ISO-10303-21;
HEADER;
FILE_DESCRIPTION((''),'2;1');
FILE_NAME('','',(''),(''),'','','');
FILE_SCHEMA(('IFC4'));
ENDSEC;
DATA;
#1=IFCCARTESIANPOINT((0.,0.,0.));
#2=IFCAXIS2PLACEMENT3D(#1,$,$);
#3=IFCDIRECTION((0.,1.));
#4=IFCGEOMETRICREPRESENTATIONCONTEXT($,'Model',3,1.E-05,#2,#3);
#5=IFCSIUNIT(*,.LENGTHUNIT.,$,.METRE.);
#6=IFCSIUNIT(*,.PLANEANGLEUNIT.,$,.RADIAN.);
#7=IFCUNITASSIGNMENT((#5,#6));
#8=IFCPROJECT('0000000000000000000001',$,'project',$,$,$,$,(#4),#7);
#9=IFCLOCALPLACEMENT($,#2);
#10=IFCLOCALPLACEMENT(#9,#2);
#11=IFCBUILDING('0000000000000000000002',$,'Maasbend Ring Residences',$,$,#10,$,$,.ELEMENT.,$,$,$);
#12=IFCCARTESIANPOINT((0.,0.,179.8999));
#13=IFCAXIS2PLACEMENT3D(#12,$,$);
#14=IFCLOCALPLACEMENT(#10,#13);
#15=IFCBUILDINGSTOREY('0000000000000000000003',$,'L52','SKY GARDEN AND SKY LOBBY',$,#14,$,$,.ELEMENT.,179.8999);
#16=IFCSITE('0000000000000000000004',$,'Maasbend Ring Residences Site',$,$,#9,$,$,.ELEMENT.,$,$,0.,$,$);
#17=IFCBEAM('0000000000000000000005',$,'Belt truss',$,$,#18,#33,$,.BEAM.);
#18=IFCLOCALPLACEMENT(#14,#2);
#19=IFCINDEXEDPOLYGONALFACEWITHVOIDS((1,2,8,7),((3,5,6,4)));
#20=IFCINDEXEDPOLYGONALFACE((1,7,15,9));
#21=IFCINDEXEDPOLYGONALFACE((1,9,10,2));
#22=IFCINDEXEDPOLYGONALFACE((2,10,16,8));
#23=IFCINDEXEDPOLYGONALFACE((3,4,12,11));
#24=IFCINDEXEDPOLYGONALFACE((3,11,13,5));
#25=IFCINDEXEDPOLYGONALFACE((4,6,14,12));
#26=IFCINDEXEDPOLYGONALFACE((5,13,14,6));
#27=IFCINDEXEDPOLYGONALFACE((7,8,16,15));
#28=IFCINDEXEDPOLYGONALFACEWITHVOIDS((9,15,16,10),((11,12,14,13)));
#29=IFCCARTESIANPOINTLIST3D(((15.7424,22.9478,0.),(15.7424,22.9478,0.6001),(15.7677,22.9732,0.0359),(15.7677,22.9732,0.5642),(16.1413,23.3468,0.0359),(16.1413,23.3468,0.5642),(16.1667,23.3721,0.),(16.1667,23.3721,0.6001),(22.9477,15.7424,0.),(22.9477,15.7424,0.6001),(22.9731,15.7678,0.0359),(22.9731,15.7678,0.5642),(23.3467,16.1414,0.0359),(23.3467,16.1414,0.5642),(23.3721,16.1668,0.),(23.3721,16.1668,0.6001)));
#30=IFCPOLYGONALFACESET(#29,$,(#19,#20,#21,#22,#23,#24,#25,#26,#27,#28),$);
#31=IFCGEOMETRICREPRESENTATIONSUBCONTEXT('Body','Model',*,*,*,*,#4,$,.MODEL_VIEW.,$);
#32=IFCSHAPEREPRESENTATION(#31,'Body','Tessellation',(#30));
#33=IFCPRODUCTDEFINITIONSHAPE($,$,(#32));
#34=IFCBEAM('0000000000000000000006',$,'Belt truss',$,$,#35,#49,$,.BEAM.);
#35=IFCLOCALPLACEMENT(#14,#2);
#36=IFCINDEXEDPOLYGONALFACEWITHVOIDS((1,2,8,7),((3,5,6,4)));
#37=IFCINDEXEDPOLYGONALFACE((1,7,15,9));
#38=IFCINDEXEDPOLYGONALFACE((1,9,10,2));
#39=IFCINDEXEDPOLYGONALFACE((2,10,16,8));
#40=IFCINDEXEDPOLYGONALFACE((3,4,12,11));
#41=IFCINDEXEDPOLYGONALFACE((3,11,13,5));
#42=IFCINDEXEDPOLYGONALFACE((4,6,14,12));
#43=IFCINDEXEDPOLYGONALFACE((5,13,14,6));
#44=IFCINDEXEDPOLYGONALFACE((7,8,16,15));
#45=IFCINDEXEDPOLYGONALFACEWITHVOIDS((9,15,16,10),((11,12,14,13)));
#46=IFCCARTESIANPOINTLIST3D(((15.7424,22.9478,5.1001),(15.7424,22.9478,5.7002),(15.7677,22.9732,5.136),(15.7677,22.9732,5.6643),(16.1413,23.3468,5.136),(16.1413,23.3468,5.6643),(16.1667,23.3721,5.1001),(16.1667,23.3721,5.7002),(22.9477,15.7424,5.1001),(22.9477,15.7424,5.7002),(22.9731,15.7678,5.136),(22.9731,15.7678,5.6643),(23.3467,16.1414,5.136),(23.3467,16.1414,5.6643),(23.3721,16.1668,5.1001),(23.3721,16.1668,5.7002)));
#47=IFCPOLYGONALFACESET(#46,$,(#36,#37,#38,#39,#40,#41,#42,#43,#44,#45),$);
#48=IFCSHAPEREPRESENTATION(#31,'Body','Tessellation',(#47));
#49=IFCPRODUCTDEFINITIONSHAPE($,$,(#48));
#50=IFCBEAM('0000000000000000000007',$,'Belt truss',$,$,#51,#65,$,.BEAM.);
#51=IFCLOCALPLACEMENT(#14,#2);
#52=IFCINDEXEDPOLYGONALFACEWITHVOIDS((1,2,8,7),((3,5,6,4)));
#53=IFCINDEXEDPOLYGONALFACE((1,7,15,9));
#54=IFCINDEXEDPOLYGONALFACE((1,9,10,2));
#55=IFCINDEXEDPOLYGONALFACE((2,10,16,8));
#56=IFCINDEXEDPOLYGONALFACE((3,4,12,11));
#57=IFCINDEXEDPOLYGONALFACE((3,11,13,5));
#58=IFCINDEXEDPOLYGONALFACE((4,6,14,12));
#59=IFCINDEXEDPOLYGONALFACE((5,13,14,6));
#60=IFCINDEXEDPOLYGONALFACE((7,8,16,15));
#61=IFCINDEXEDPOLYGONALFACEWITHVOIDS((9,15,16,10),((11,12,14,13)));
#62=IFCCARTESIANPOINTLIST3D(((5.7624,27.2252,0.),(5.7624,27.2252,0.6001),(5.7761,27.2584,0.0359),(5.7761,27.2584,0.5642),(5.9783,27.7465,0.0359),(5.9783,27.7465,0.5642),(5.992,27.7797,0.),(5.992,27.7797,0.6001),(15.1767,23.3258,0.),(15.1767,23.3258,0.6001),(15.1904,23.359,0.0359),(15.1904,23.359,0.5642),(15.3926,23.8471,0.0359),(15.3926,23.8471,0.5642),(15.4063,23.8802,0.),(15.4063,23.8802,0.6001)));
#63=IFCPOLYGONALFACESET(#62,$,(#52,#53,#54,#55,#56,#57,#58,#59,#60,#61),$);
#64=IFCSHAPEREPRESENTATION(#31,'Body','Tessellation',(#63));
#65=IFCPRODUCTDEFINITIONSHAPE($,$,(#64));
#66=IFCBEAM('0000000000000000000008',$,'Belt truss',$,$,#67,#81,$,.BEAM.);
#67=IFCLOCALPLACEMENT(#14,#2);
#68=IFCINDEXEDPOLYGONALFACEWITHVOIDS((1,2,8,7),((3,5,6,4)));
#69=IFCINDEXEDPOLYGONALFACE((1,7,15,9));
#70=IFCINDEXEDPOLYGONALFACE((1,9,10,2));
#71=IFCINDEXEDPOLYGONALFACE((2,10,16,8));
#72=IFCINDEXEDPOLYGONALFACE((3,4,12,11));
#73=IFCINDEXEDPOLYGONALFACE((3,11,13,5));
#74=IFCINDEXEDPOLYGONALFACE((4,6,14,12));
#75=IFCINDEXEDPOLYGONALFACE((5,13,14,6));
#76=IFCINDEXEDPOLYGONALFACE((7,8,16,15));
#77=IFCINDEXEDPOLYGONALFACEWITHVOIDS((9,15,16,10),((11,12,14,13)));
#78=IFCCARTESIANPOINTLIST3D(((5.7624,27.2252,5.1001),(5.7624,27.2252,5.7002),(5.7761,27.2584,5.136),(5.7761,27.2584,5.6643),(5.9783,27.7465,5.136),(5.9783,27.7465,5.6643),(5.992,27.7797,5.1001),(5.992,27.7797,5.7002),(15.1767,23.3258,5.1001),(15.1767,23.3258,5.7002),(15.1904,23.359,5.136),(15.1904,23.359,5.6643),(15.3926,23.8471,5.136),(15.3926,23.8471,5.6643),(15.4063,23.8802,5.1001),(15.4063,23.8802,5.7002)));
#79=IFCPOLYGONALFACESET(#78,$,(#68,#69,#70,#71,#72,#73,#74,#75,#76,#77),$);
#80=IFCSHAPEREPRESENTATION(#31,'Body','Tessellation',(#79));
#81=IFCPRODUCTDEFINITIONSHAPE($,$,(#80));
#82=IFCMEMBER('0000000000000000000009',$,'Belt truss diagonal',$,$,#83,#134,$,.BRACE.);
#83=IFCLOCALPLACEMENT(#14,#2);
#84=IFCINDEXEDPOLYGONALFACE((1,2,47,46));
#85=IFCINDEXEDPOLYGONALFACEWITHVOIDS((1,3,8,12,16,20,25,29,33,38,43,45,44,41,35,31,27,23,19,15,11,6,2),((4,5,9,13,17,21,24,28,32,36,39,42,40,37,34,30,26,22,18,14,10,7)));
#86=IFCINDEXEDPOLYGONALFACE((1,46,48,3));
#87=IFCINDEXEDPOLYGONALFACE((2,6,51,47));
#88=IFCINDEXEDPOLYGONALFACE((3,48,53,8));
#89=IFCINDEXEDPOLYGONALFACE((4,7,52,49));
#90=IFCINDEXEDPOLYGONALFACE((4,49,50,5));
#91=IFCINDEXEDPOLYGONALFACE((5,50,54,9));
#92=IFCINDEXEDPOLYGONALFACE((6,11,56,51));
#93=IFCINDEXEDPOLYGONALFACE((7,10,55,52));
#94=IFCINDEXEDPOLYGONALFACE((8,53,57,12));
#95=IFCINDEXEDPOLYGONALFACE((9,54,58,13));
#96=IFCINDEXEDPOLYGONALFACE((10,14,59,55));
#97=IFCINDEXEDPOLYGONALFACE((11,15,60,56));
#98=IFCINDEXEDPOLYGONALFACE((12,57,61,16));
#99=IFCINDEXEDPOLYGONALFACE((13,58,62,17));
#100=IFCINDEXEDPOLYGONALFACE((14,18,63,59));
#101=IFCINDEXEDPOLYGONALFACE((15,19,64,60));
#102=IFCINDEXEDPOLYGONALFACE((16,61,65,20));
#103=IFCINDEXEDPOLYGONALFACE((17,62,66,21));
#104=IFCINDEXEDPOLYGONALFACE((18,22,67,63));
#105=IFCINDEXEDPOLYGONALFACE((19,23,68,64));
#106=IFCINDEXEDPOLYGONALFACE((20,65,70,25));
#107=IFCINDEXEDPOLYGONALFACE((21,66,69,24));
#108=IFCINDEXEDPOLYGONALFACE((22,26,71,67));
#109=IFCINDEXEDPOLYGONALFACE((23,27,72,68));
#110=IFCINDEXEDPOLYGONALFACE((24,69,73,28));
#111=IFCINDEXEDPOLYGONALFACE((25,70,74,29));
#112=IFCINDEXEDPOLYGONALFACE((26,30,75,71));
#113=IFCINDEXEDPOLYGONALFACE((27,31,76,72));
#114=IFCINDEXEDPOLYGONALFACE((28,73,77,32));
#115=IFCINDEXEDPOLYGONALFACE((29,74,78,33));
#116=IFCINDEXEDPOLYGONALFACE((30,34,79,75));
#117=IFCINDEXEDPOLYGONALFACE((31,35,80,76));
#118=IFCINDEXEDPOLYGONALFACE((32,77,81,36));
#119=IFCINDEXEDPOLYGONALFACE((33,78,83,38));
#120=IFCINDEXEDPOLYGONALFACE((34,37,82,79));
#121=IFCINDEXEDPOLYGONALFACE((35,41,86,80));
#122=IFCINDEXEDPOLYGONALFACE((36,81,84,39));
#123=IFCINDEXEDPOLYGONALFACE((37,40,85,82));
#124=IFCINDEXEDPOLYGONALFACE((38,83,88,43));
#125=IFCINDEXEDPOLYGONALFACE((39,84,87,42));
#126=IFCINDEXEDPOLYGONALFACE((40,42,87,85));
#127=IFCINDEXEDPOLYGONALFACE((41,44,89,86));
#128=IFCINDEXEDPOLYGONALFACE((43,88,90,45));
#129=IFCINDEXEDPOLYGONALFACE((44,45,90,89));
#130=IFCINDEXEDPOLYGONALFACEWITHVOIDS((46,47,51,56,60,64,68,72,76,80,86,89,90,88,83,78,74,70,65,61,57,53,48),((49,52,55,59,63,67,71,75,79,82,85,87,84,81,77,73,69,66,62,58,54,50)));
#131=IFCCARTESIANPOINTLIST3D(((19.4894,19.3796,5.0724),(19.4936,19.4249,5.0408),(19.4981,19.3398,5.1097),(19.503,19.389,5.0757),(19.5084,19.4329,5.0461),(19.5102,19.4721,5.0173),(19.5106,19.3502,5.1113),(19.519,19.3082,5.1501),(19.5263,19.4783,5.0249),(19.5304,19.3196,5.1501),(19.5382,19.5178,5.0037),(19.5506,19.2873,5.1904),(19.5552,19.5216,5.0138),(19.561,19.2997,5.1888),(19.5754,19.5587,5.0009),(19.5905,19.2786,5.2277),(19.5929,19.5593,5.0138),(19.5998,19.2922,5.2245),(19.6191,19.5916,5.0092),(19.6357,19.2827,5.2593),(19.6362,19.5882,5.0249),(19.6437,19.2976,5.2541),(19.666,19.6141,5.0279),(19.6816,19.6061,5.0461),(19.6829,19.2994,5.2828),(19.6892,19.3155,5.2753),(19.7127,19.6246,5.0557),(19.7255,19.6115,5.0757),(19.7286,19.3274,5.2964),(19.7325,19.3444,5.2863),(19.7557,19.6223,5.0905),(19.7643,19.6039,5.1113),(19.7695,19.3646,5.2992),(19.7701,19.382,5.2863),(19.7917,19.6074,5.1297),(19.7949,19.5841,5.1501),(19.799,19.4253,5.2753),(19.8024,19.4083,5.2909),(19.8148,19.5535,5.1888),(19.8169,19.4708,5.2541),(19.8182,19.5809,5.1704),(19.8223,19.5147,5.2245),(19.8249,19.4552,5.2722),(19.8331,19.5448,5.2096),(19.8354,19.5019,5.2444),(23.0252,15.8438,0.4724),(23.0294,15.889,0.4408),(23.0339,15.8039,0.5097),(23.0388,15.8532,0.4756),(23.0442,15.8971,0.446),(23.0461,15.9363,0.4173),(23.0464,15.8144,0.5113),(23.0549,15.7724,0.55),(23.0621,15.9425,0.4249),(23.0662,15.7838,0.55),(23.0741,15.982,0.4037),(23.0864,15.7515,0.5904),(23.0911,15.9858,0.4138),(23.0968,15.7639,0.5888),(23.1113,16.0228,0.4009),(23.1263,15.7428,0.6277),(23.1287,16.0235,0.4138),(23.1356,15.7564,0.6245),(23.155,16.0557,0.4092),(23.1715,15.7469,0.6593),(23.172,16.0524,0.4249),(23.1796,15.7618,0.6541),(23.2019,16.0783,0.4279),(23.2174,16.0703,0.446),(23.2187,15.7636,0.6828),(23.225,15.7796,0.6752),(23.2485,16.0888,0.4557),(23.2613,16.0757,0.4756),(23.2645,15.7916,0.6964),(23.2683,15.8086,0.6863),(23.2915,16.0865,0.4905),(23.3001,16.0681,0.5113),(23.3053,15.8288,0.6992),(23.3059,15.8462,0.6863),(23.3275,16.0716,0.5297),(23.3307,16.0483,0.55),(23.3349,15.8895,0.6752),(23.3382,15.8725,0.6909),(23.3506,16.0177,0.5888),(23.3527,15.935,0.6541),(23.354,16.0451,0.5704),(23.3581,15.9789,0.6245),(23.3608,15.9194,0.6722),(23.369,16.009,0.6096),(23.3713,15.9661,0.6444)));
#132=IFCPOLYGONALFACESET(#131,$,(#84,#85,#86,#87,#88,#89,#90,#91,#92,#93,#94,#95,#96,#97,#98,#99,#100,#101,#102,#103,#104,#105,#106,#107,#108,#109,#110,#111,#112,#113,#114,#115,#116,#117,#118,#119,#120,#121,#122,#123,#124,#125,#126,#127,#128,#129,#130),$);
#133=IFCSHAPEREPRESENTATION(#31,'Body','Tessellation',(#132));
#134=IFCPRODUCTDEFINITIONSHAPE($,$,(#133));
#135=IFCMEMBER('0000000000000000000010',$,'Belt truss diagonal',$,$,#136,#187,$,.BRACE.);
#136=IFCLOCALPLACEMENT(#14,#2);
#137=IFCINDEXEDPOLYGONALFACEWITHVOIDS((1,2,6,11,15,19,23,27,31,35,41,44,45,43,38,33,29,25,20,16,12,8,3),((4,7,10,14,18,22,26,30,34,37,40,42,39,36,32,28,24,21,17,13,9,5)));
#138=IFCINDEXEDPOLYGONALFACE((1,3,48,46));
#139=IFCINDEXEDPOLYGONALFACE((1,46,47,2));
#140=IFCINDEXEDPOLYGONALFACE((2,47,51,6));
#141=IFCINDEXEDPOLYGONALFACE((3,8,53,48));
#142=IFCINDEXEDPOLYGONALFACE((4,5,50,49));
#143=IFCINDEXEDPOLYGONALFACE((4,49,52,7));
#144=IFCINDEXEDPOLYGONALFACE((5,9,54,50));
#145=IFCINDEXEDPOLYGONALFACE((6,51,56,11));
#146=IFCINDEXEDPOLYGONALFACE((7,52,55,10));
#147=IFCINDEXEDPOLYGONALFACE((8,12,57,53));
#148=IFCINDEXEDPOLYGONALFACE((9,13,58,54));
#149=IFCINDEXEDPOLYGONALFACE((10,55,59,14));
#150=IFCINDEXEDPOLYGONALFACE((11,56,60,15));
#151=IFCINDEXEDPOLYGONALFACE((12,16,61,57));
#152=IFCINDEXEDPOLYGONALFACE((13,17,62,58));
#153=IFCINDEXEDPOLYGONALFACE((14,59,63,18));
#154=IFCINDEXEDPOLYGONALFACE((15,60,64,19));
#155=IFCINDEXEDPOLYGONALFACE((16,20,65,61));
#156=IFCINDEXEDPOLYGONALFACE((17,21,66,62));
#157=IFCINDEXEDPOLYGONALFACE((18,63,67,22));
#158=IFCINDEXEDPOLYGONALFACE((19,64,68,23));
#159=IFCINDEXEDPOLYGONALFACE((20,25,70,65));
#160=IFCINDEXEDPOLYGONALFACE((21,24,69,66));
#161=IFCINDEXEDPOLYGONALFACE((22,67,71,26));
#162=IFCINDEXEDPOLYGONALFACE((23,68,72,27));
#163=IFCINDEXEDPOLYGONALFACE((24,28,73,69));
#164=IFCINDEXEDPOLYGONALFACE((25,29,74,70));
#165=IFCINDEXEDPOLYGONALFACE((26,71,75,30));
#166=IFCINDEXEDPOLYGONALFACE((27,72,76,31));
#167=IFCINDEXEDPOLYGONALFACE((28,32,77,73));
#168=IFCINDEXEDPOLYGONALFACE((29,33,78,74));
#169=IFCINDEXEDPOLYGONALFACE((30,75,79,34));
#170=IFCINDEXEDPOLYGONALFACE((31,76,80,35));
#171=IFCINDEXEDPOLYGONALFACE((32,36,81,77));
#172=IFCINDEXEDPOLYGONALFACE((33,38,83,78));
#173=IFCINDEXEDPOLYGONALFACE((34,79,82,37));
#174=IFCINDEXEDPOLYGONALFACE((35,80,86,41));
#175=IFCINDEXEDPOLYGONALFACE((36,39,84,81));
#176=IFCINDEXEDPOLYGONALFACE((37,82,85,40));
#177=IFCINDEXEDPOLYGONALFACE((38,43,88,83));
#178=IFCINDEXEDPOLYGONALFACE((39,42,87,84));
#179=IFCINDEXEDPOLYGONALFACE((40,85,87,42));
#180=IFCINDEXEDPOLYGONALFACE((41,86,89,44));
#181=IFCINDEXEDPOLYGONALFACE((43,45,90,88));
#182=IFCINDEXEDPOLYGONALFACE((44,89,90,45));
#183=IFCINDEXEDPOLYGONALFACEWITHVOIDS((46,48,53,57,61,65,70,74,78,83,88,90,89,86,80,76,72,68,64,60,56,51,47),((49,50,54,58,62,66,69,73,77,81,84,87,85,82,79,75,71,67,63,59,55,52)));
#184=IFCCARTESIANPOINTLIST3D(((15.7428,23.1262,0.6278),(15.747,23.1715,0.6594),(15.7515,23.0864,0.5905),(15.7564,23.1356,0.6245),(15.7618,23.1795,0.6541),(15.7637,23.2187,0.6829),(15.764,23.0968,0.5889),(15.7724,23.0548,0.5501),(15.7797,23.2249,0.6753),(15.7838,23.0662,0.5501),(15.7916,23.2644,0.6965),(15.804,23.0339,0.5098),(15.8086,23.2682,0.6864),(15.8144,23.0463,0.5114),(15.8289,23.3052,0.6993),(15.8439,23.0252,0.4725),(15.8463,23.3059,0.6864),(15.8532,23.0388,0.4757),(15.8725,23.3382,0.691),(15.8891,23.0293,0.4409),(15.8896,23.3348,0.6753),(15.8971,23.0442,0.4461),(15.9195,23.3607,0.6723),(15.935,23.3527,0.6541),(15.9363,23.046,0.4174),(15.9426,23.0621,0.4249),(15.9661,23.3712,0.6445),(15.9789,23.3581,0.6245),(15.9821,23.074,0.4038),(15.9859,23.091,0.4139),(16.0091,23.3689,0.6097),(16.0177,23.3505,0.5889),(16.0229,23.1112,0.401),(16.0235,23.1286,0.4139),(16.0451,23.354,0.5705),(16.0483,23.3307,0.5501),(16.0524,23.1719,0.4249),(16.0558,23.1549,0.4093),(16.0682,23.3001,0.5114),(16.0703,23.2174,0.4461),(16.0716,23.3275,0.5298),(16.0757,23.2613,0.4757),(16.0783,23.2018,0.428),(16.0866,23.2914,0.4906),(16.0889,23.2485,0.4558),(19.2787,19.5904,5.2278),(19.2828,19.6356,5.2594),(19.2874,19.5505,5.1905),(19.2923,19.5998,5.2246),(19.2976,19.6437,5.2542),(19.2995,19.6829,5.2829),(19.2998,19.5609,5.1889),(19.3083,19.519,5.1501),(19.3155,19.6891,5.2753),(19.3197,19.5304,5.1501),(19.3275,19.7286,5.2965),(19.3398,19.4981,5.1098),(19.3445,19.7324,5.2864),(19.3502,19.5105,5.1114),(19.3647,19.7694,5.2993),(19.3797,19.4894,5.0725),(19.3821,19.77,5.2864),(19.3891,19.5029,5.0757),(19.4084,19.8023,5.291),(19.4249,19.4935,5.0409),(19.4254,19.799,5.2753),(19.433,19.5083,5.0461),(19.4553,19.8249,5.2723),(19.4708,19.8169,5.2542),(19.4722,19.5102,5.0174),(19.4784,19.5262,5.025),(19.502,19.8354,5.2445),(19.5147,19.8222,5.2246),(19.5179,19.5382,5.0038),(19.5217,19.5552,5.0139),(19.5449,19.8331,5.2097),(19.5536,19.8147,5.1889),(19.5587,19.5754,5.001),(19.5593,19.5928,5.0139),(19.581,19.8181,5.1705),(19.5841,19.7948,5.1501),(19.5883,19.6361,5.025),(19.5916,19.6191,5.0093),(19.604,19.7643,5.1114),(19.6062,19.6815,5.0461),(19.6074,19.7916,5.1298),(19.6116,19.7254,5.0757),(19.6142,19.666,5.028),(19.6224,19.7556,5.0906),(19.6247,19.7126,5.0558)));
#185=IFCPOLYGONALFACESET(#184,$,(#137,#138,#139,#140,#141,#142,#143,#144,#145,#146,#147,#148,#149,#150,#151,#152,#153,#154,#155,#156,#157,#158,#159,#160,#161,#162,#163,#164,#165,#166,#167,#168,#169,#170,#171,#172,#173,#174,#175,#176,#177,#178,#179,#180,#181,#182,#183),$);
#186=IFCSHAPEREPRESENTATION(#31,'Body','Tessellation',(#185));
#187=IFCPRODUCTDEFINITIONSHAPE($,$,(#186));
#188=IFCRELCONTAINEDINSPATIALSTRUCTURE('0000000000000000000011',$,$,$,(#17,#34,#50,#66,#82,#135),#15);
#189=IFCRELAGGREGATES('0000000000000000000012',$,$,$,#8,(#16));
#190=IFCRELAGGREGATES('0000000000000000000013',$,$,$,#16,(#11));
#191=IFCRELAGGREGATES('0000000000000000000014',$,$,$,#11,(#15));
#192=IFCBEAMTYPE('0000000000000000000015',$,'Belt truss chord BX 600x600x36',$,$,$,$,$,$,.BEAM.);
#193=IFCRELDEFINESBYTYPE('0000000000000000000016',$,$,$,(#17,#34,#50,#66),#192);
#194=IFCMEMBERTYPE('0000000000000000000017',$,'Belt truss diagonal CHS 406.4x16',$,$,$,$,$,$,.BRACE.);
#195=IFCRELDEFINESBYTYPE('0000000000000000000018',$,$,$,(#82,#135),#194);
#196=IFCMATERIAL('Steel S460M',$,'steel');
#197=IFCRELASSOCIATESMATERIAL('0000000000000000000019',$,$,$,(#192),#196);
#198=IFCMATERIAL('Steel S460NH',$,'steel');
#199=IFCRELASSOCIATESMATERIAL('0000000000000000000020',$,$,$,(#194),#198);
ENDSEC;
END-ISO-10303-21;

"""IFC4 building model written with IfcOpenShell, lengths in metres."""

from ifc_helpers import new_model, si_unit, direction, frame, origin, origin_2d, place, context, subcontext, project, spatial, hollow_rectangle, hollow_circle, extrude, material, material_profile, profile_set, type_object, element, save


model = new_model("IFC4")

# Units and contexts
model_context = context("Model", 3, precision=1e-05, world=origin(), true_north=direction((0.0, 1.0)))
body_context = subcontext(model_context, "Body", "Model", "MODEL_VIEW")
ifc_project = project(units=[si_unit("LENGTHUNIT", "METRE"), si_unit("PLANEANGLEUNIT", "RADIAN")], contexts=[model_context])

# Site, building, storey
site_placement = place(None, origin())
site = spatial("IfcSite", under=ifc_project, at=site_placement, Name="Maasbend Ring Residences Site", CompositionType="ELEMENT", RefElevation=0.0)
building_placement = place(site_placement, origin())
building = spatial("IfcBuilding", under=site, at=building_placement, Name="Maasbend Ring Residences", CompositionType="ELEMENT")
storey_placement = place(building_placement, frame((0.0, 0.0, 179.8999)))
storey = spatial("IfcBuildingStorey", under=building, at=storey_placement, Name="L52", Description="SKY GARDEN AND SKY LOBBY", CompositionType="ELEMENT", Elevation=179.8999)

# Beams
ifc_material_1 = material(Name="Steel S460M", Category="steel")
ifc_material_profile_1 = material_profile(ifc_material_1, hollow_rectangle(XDim=0.6001, YDim=0.6001, WallThickness=0.0359, at=origin_2d()), Name="Belt truss chord BX 600x600x36")
ifc_profile_set_1 = profile_set([ifc_material_profile_1], Name="Steel S460M")
beam_type_1 = type_object("IfcBeamType", Name="Belt truss chord BX 600x600x36", PredefinedType="BEAM", material=ifc_profile_set_1)
for number, where, z_axis, x_axis, name in (
    (1, (23.1599, 15.9546, 0.3), (-0.707107, 0.707107, 0.0), (-0.707107, -0.707107, 0.0), "Belt truss"),
    (2, (23.1599, 15.9546, 5.4001), (-0.707107, 0.707107, 0.0), (-0.707107, -0.707107, 0.0), "Belt truss"),
    (3, (15.2915, 23.603, 0.3), (-0.923884, 0.382673, 0.0), (-0.382673, -0.923884, 0.0), "Belt truss"),
    (4, (15.2915, 23.603, 5.4001), (-0.923884, 0.382673, 0.0), (-0.382673, -0.923884, 0.0), "Belt truss"),
):
    element("IfcBeam", number, at=place(storey_placement, frame(where, z_axis=z_axis, x_axis=x_axis)), inside=storey, type_object=beam_type_1, Name=name, PredefinedType="BEAM", context=body_context, shape_type="SweptSolid", body=[
        extrude(hollow_rectangle(XDim=0.6001, YDim=0.6001, WallThickness=0.0359, at=origin_2d()), origin(), (0.0, 0.0, 1.0), 10.1899),
    ])

# Members
ifc_material_2 = material(Name="Steel S460NH", Category="steel")
ifc_material_profile_2 = material_profile(ifc_material_2, hollow_circle(Radius=0.2031, WallThickness=0.0161, at=origin_2d()), Name="Belt truss diagonal CHS 406.4x16")
ifc_profile_set_2 = profile_set([ifc_material_profile_2], Name="Steel S460NH")
member_type_1 = type_object("IfcMemberType", Name="Belt truss diagonal CHS 406.4x16", PredefinedType="BRACE", material=ifc_profile_set_2)
for number, where, z_axis, x_axis, name in (
    (5, (23.1985, 15.916, 0.55), (-0.520401, 0.520401, 0.677028), (-0.707107, -0.707107, 0.0), "Belt truss diagonal"),
    (6, (19.4519, 19.6626, 5.1501), (-0.520401, 0.520401, -0.677028), (-0.707107, -0.707107, 0.0), "Belt truss diagonal"),
):
    element("IfcMember", number, at=place(storey_placement, frame(where, z_axis=z_axis, x_axis=x_axis)), inside=storey, type_object=member_type_1, Name=name, PredefinedType="BRACE", context=body_context, shape_type="SweptSolid", body=[
        extrude(hollow_circle(Radius=0.2031, WallThickness=0.0161, at=origin_2d()), origin(), (0.0, 0.0, 1.0), 6.7944),
    ])

save(model, "model.ifc")
